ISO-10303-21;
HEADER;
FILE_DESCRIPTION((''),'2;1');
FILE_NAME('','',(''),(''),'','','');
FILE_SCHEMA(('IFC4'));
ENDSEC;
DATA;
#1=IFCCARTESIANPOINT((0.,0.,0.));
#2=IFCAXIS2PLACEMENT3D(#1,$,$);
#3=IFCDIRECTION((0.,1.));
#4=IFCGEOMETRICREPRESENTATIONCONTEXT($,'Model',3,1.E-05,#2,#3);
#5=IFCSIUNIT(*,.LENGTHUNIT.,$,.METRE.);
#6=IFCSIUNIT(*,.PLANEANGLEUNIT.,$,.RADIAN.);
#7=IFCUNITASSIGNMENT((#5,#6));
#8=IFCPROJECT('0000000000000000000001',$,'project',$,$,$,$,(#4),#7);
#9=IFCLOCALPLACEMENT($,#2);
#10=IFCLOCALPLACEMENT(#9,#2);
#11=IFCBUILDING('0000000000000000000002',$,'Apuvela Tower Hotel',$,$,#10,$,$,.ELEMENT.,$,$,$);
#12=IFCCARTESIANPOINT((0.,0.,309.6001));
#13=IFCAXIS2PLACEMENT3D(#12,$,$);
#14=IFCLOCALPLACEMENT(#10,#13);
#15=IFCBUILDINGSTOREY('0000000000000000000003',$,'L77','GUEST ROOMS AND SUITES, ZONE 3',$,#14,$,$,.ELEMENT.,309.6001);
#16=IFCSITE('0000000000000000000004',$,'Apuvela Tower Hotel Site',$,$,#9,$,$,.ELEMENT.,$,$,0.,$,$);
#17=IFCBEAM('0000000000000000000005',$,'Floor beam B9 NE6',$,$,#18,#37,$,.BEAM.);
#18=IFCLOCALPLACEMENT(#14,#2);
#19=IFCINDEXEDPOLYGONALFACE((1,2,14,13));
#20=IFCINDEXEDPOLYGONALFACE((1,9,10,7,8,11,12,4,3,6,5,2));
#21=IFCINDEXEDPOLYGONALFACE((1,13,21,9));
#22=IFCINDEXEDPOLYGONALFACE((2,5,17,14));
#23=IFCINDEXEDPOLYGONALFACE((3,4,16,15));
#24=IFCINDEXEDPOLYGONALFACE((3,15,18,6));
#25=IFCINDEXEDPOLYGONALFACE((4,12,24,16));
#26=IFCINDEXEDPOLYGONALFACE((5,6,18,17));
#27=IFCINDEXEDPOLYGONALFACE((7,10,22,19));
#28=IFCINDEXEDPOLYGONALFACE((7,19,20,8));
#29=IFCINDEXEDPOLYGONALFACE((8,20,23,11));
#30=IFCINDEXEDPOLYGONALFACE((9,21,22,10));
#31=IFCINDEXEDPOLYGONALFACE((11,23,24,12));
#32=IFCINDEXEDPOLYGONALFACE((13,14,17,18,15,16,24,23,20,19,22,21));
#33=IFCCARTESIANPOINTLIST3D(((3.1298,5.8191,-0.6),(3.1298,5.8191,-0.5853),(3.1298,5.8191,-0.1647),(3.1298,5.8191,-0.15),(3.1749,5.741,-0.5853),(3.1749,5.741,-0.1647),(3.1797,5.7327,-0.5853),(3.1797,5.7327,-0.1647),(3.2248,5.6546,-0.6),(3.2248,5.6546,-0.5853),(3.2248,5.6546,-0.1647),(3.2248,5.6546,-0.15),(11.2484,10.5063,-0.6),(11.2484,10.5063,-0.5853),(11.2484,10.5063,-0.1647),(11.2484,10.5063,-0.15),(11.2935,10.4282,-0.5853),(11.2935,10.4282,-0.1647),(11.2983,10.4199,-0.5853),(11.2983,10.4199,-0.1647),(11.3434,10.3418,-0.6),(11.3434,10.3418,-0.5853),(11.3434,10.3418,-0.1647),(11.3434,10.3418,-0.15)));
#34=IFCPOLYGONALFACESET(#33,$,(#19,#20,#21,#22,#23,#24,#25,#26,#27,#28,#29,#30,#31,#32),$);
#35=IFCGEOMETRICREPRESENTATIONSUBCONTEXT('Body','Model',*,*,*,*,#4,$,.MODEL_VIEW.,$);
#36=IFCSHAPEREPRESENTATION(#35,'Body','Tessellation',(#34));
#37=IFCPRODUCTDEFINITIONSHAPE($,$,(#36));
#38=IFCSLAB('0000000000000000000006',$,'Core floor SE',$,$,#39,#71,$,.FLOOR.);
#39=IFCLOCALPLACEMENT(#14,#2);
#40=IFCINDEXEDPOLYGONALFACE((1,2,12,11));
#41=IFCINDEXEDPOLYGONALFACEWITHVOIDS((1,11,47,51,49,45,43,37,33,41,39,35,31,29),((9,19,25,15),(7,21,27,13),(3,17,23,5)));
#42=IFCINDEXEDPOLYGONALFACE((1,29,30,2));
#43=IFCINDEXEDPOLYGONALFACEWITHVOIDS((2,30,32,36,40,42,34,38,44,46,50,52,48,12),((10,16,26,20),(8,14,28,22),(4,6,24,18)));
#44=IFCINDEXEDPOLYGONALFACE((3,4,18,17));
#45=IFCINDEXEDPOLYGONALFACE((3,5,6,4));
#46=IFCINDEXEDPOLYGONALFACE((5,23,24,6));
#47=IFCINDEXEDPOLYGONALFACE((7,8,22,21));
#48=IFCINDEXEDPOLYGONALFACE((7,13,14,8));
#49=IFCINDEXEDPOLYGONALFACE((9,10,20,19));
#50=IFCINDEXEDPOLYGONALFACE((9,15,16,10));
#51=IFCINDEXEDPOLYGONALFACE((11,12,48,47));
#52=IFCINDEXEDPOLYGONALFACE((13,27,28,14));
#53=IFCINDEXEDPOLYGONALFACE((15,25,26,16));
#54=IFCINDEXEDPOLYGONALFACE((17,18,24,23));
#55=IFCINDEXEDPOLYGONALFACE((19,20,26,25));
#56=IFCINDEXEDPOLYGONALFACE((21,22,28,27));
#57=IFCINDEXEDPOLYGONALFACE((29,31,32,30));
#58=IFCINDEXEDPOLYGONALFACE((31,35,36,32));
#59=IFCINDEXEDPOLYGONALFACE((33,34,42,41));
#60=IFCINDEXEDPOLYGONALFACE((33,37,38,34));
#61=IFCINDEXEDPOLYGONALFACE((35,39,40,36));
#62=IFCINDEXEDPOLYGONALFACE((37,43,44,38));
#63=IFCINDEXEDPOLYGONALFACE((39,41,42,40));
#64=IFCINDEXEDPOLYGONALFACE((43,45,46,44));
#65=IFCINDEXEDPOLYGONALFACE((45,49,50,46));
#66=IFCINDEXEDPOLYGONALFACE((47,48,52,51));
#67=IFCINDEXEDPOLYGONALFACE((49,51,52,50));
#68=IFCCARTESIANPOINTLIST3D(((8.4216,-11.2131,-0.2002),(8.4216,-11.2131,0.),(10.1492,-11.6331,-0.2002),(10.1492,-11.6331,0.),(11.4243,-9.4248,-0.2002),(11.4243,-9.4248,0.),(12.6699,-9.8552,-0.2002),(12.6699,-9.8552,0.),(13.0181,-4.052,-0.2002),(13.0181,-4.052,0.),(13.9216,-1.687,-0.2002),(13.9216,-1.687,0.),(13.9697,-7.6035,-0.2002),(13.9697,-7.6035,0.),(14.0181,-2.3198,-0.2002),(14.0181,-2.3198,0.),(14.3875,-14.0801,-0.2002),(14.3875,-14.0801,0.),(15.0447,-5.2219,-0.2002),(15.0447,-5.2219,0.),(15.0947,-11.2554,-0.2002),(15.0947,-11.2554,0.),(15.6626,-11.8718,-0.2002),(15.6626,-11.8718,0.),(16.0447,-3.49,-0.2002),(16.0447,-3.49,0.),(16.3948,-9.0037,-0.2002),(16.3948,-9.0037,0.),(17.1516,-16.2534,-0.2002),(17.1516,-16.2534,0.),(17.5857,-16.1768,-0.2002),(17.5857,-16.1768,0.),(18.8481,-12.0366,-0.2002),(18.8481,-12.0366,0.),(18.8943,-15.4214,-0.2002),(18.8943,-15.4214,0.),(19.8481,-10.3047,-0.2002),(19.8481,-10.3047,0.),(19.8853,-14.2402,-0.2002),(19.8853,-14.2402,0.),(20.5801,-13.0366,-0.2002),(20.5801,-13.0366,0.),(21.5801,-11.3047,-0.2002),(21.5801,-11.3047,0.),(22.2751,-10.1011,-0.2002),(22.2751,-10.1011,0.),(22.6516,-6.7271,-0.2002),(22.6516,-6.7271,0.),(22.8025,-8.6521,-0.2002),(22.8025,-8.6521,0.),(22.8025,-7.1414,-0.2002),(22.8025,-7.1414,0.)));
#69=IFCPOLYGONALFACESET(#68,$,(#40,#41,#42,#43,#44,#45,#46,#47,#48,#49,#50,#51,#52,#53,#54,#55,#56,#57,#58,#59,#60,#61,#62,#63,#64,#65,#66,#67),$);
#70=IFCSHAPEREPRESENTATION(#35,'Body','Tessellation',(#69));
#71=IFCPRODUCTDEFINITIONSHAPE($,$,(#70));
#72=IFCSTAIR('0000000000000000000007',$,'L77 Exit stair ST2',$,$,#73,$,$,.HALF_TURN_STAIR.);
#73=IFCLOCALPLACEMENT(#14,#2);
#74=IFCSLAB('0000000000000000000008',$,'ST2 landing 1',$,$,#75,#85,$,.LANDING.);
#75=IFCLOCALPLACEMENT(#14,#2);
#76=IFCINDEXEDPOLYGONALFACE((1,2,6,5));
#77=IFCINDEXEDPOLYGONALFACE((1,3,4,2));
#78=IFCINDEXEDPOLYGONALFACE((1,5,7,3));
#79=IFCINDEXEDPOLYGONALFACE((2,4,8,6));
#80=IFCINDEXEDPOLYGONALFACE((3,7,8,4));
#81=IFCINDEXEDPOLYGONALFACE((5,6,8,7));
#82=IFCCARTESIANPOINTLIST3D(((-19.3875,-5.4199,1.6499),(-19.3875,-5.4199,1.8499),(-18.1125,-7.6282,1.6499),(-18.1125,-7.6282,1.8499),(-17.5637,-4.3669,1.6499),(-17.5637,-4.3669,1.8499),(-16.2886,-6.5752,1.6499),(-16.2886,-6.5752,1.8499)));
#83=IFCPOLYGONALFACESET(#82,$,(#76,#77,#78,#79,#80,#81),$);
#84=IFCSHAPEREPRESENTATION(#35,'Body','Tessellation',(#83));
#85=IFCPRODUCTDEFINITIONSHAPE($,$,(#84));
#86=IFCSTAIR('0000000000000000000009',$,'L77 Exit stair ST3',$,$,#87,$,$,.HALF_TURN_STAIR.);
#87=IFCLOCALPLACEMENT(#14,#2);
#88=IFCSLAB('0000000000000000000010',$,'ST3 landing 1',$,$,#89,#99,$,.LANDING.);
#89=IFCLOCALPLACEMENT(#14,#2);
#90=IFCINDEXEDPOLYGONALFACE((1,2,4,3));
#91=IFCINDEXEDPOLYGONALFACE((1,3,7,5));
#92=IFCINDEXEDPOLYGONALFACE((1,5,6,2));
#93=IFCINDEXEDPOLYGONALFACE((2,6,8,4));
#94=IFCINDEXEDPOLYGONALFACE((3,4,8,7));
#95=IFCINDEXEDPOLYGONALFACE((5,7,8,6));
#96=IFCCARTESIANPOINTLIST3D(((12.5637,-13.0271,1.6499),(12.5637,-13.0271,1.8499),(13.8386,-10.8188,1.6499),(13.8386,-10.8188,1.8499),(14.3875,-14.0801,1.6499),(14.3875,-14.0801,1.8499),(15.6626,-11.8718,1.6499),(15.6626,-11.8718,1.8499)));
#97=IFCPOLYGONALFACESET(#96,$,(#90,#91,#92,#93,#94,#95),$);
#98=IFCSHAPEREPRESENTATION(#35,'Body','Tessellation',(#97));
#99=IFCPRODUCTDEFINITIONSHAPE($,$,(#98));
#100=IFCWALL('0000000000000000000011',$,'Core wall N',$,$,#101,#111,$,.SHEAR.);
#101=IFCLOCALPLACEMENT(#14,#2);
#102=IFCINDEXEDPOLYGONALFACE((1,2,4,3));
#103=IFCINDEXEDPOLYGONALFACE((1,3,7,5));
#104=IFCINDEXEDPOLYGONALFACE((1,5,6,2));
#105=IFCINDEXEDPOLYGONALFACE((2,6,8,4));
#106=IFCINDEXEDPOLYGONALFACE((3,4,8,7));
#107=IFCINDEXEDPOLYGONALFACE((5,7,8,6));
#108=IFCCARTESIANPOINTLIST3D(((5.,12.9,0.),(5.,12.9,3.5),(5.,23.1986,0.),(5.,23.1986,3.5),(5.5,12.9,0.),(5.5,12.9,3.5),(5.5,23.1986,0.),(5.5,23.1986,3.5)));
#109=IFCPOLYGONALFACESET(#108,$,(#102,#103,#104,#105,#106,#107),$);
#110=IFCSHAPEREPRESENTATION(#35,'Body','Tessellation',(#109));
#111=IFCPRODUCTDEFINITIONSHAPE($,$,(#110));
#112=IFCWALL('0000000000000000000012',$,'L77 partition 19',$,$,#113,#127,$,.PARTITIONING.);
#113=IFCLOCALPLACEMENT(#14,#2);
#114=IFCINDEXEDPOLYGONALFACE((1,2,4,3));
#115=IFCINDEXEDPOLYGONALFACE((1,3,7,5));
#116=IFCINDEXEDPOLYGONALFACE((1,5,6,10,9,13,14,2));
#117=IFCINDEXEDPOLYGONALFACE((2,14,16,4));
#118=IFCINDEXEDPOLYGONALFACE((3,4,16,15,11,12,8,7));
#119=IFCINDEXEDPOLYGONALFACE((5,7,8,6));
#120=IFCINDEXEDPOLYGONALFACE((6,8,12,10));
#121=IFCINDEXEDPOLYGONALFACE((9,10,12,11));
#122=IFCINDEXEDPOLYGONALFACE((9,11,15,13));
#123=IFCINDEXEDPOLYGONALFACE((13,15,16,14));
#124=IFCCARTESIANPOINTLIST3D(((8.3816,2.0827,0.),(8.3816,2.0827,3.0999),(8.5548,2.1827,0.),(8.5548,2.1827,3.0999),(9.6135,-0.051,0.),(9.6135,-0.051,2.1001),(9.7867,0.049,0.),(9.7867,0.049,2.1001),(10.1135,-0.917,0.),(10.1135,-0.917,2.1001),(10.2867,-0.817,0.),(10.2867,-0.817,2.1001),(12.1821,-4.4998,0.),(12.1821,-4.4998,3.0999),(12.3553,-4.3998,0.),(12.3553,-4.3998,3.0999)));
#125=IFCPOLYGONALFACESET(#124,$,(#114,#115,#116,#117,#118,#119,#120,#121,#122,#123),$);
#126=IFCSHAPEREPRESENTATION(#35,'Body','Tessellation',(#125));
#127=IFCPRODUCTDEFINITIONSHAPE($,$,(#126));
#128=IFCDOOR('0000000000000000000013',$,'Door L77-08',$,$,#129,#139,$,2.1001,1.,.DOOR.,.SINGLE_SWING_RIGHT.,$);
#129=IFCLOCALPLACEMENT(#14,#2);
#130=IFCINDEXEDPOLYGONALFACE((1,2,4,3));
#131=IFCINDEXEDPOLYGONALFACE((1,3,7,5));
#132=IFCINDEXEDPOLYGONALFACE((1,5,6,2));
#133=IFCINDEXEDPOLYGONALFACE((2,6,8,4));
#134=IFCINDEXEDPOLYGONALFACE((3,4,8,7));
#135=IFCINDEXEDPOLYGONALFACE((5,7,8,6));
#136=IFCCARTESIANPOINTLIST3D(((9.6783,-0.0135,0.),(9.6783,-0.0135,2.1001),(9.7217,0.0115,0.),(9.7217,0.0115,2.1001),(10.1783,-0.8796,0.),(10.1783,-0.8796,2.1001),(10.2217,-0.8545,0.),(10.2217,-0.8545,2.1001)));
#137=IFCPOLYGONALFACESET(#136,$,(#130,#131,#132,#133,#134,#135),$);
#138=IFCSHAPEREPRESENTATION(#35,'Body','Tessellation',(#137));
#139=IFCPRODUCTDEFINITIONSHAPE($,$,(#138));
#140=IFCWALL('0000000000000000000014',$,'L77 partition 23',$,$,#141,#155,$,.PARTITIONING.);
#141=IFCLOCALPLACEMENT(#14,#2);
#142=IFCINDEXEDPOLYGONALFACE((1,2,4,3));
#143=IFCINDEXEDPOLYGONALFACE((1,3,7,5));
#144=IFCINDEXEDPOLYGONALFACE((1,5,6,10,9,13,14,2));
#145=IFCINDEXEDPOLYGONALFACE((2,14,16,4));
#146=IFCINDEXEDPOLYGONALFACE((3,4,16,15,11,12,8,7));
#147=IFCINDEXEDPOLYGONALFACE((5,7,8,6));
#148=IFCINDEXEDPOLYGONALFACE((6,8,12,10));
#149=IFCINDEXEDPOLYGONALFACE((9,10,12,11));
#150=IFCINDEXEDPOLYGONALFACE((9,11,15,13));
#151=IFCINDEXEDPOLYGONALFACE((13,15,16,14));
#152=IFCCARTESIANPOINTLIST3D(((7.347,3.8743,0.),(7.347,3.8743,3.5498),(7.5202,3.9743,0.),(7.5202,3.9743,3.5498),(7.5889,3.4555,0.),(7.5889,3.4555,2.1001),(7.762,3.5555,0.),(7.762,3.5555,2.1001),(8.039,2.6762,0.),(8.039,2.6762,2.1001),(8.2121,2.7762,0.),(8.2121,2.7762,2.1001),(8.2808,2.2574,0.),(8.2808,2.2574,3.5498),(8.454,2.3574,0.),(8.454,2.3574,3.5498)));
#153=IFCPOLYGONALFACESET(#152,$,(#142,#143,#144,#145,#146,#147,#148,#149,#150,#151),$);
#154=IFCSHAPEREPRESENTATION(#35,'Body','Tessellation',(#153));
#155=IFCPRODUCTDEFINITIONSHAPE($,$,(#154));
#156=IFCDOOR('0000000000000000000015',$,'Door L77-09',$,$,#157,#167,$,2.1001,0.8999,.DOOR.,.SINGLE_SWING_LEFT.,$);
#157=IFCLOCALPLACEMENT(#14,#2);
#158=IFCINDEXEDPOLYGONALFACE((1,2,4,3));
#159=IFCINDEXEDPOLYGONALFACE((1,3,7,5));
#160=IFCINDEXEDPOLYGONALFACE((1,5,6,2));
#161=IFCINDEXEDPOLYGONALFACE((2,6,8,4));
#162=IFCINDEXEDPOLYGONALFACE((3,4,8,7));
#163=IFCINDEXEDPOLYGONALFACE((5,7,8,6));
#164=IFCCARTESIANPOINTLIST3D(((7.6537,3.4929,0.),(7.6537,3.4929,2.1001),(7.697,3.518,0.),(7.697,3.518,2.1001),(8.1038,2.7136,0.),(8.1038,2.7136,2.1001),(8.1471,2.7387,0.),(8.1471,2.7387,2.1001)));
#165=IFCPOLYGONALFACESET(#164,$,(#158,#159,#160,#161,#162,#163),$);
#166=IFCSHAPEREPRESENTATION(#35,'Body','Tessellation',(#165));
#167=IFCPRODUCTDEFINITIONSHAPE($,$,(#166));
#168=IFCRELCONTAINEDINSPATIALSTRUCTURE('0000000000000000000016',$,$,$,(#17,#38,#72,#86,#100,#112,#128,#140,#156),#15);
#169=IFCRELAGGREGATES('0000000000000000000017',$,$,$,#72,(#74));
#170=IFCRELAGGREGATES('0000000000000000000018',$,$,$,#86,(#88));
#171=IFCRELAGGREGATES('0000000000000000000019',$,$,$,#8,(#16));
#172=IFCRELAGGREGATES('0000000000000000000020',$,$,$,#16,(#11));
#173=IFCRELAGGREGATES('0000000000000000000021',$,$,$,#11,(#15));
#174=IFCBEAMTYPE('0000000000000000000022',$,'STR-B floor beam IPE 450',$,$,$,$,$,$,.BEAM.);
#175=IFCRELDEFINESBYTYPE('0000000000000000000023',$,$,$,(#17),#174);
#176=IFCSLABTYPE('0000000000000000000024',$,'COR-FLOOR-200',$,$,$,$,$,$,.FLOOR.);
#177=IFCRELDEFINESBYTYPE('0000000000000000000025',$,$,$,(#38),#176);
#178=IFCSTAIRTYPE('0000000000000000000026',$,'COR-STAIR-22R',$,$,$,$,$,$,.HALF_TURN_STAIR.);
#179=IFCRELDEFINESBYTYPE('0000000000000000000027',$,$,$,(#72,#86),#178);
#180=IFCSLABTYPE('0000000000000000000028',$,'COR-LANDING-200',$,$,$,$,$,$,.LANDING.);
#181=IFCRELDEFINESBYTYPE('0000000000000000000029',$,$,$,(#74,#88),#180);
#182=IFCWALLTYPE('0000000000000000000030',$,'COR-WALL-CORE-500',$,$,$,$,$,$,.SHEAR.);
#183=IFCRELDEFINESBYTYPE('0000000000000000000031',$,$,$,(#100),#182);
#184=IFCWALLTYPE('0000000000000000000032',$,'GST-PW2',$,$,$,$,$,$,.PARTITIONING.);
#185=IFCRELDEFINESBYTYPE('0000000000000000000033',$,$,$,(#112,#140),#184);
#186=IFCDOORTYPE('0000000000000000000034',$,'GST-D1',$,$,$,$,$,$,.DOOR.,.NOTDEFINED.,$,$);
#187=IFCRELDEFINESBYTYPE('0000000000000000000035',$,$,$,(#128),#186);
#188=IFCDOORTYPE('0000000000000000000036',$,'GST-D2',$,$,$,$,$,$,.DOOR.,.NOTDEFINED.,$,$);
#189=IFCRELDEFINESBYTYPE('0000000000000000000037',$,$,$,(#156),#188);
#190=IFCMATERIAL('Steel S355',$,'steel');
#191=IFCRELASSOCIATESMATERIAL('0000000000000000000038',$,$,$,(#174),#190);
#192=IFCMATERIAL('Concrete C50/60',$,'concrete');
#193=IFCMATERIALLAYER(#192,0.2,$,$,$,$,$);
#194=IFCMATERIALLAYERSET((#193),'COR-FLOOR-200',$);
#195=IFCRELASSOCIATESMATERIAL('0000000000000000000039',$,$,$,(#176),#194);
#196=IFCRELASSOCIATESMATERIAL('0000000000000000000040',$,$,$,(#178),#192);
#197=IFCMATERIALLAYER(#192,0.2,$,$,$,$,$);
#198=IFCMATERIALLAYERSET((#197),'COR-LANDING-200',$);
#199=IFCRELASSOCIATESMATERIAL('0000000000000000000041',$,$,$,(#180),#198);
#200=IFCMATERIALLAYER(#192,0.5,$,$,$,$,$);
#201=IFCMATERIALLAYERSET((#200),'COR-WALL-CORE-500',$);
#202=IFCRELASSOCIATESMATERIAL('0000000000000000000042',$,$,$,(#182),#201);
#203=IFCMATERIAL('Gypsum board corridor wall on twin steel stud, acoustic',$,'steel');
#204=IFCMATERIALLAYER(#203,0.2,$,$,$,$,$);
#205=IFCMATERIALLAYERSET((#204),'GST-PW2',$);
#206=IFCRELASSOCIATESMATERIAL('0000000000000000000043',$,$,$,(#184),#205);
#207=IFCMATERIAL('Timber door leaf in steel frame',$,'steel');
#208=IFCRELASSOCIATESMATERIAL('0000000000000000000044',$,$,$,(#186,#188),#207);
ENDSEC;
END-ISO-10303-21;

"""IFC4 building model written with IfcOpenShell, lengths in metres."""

from ifc_helpers import new_model, si_unit, direction, frame, frame_2d, origin, origin_2d, place, context, subcontext, project, spatial, polyline, rectangle, i_section, outline, extrude, material, layer, layer_set, material_profile, profile_set, type_object, element, fill, aggregate, save


model = new_model("IFC4")

# Units and contexts
model_context = context("Model", 3, precision=1e-05, world=origin(), true_north=direction((0.0, 1.0)))
body_context = subcontext(model_context, "Body", "Model", "MODEL_VIEW")
ifc_project = project(units=[si_unit("LENGTHUNIT", "METRE"), si_unit("PLANEANGLEUNIT", "RADIAN")], contexts=[model_context])

# Site, building, storey
site_placement = place(None, origin())
site = spatial("IfcSite", under=ifc_project, at=site_placement, Name="Apuvela Tower Hotel Site", CompositionType="ELEMENT", RefElevation=0.0)
building_placement = place(site_placement, origin())
building = spatial("IfcBuilding", under=site, at=building_placement, Name="Apuvela Tower Hotel", CompositionType="ELEMENT")
storey_placement = place(building_placement, frame((0.0, 0.0, 309.6001)))
storey = spatial("IfcBuildingStorey", under=building, at=storey_placement, Name="L77", Description="GUEST ROOMS AND SUITES, ZONE 3", CompositionType="ELEMENT", Elevation=309.6001)

# Beam
ifc_material_1 = material(Name="Steel S355", Category="steel")
ifc_material_profile = material_profile(ifc_material_1, i_section(OverallWidth=0.1899, OverallDepth=0.45, WebThickness=0.0095, FlangeThickness=0.0146, at=origin_2d()), Name="IPE 450")
ifc_profile_set = profile_set([ifc_material_profile], Name="Steel S355")
beam_type = type_object("IfcBeamType", Name="STR-B floor beam IPE 450", PredefinedType="BEAM", material=ifc_profile_set)
beam_placement = place(storey_placement, frame((11.2959, 10.4241, -0.375), z_axis=(-0.866028, -0.499996, 0.0), x_axis=(0.499996, -0.866028, 0.0)))
element("IfcBeam", 1, at=beam_placement, inside=storey, type_object=beam_type, Name="Floor beam B9 NE6", PredefinedType="BEAM", context=body_context, shape_type="SweptSolid", body=[
    extrude(i_section(OverallWidth=0.1899, OverallDepth=0.45, WebThickness=0.0095, FlangeThickness=0.0146, at=origin_2d()), origin(), (0.0, 0.0, 1.0), 9.3745),
])

# Slab
ifc_material_2 = material(Name="Concrete C50/60", Category="concrete")
ifc_layer_1 = layer(ifc_material_2, 0.2)
ifc_layer_set_1 = layer_set([ifc_layer_1], Name="COR-FLOOR-200")
slab_type_1 = type_object("IfcSlabType", Name="COR-FLOOR-200", PredefinedType="FLOOR", material=ifc_layer_set_1)
slab_1_placement = place(storey_placement, frame((0.0, 0.0, -0.2002)))
element("IfcSlab", 2, at=slab_1_placement, inside=storey, type_object=slab_type_1, Name="Core floor SE", PredefinedType="FLOOR", context=body_context, shape_type="SweptSolid", body=[
    extrude(outline(polyline([(17.1516, -16.2534), (17.5857, -16.1768), (18.8943, -15.4214), (19.8853, -14.2402), (20.5801, -13.0366), (18.8481, -12.0366), (19.8481, -10.3047), (21.5801, -11.3047), (22.2751, -10.1011), (22.8025, -8.6521), (22.8025, -7.1414), (22.6516, -6.7271), (13.9216, -1.687), (8.4216, -11.2131), (17.1516, -16.2534)]), holes=[polyline([(14.0181, -2.3198), (16.0447, -3.49), (15.0447, -5.2219), (13.0181, -4.052), (14.0181, -2.3198)]), polyline([(10.1492, -11.6331), (11.4243, -9.4248), (15.6626, -11.8718), (14.3875, -14.0801), (10.1492, -11.6331)]), polyline([(12.6699, -9.8552), (13.9697, -7.6035), (16.3948, -9.0037), (15.0947, -11.2554), (12.6699, -9.8552)])]), origin(), (0.0, 0.0, 1.0), 0.2002),
])

# Stairs, slabs
stair_type = type_object("IfcStairType", Name="COR-STAIR-22R", PredefinedType="HALF_TURN_STAIR", material=ifc_material_2)
stair_1_placement = place(storey_placement, origin())
stair_1 = element("IfcStair", 3, at=stair_1_placement, inside=storey, type_object=stair_type, Name="L77 Exit stair ST2", PredefinedType="HALF_TURN_STAIR")
ifc_layer_2 = layer(ifc_material_2, 0.2)
ifc_layer_set_2 = layer_set([ifc_layer_2], Name="COR-LANDING-200")
slab_type_2 = type_object("IfcSlabType", Name="COR-LANDING-200", PredefinedType="LANDING", material=ifc_layer_set_2)
slab_2_placement = place(storey_placement, frame((0.0, 0.0, 1.6499)))
slab_2 = element("IfcSlab", 4, at=slab_2_placement, type_object=slab_type_2, Name="ST2 landing 1", PredefinedType="LANDING", context=body_context, shape_type="SweptSolid", body=[
    extrude(outline(polyline([(-17.5637, -4.3669), (-19.3875, -5.4199), (-18.1125, -7.6282), (-16.2886, -6.5752), (-17.5637, -4.3669)])), origin(), (0.0, 0.0, 1.0), 0.2),
])
aggregate(stair_1, [slab_2])
stair_2_placement = place(storey_placement, origin())
stair_2 = element("IfcStair", 5, at=stair_2_placement, inside=storey, type_object=stair_type, Name="L77 Exit stair ST3", PredefinedType="HALF_TURN_STAIR")
slab_3_placement = place(storey_placement, frame((0.0, 0.0, 1.6499)))
slab_3 = element("IfcSlab", 6, at=slab_3_placement, type_object=slab_type_2, Name="ST3 landing 1", PredefinedType="LANDING", context=body_context, shape_type="SweptSolid", body=[
    extrude(outline(polyline([(12.5637, -13.0271), (14.3875, -14.0801), (15.6626, -11.8718), (13.8386, -10.8188), (12.5637, -13.0271)])), origin(), (0.0, 0.0, 1.0), 0.2),
])
aggregate(stair_2, [slab_3])

# Wall
ifc_layer_3 = layer(ifc_material_2, 0.5)
ifc_layer_set_3 = layer_set([ifc_layer_3], Name="COR-WALL-CORE-500")
wall_type_1 = type_object("IfcWallType", Name="COR-WALL-CORE-500", PredefinedType="SHEAR", material=ifc_layer_set_3)
wall_1_placement = place(storey_placement, frame((5.25, 12.8999, 0.0), z_axis=(0.0, 0.0, 1.0), x_axis=(0.0, 1.0, 0.0)))
element("IfcWall", 7, at=wall_1_placement, inside=storey, type_object=wall_type_1, Name="Core wall N", PredefinedType="SHEAR", context=body_context, shape_type="SweptSolid", body=[
    extrude(rectangle(XDim=10.2986, YDim=0.5, at=frame_2d((5.1494, 0.0))), origin(), (0.0, 0.0, 1.0), 3.5),
])

# Walls, openings, doors
ifc_material_3 = material(Name="Gypsum board corridor wall on twin steel stud, acoustic", Category="steel")
ifc_layer_4 = layer(ifc_material_3, 0.2)
ifc_layer_set_4 = layer_set([ifc_layer_4], Name="GST-PW2")
wall_type_2 = type_object("IfcWallType", Name="GST-PW2", PredefinedType="PARTITIONING", material=ifc_layer_set_4)
wall_2_placement = place(storey_placement, frame((8.4683, 2.1326, 0.0), z_axis=(0.0, 0.0, 1.0), x_axis=(0.500012, -0.866019, 0.0)))
wall_2 = element("IfcWall", 8, at=wall_2_placement, inside=storey, type_object=wall_type_2, Name="L77 partition 19", PredefinedType="PARTITIONING", context=body_context, shape_type="SweptSolid", body=[
    extrude(rectangle(XDim=7.6008, YDim=0.2, at=frame_2d((3.8003, 0.0))), origin(), (0.0, 0.0, 1.0), 3.0999),
])
opening_1_placement = place(wall_2_placement, frame((2.4636, 0.0, 0.0)))
opening_1 = element("IfcOpeningElement", 9, at=opening_1_placement, cuts=wall_2, PredefinedType="OPENING", context=body_context, shape_type="SweptSolid", body=[
    extrude(rectangle(XDim=1.0, YDim=2.1001, at=frame_2d((0.5, 1.05))), frame((0.0, 0.1099, 0.0), z_axis=(0.0, -1.0, 0.0), x_axis=(1.0, 0.0, 0.0)), (0.0, 0.0, 1.0), 0.22),
])
ifc_material_4 = material(Name="Timber door leaf in steel frame", Category="steel")
door_type_1 = type_object("IfcDoorType", Name="GST-D1", OperationType="NOTDEFINED", PredefinedType="DOOR", material=ifc_material_4)
door_1_placement = place(opening_1_placement, origin())
door_1 = element("IfcDoor", 10, at=door_1_placement, inside=storey, type_object=door_type_1, Name="Door L77-08", OperationType="SINGLE_SWING_RIGHT", OverallHeight=2.1001, OverallWidth=1.0, PredefinedType="DOOR", context=body_context, shape_type="SweptSolid", body=[
    extrude(rectangle(XDim=1.0, YDim=2.1001, at=frame_2d((0.5, 1.05))), frame((0.0, 0.0249, 0.0), z_axis=(0.0, -1.0, 0.0), x_axis=(1.0, 0.0, 0.0)), (0.0, 0.0, 1.0), 0.05),
])
fill(opening_1, door_1)
wall_3_placement = place(storey_placement, frame((7.4336, 3.9243, 0.0), z_axis=(0.0, 0.0, 1.0), x_axis=(0.500119, -0.865957, 0.0)))
wall_3 = element("IfcWall", 11, at=wall_3_placement, inside=storey, type_object=wall_type_2, Name="L77 partition 23", PredefinedType="PARTITIONING", context=body_context, shape_type="SweptSolid", body=[
    extrude(rectangle(XDim=1.8672, YDim=0.2, at=frame_2d((0.9336, 0.0))), origin(), (0.0, 0.0, 1.0), 3.5498),
])
opening_2_placement = place(wall_3_placement, frame((0.4836, 0.0, 0.0)))
opening_2 = element("IfcOpeningElement", 12, at=opening_2_placement, cuts=wall_3, PredefinedType="OPENING", context=body_context, shape_type="SweptSolid", body=[
    extrude(rectangle(XDim=0.8999, YDim=2.1001, at=frame_2d((0.45, 1.05))), frame((0.0, 0.1099, 0.0), z_axis=(0.0, -1.0, 0.0), x_axis=(1.0, 0.0, 0.0)), (0.0, 0.0, 1.0), 0.22),
])
door_type_2 = type_object("IfcDoorType", Name="GST-D2", OperationType="NOTDEFINED", PredefinedType="DOOR", material=ifc_material_4)
door_2_placement = place(opening_2_placement, origin())
door_2 = element("IfcDoor", 13, at=door_2_placement, inside=storey, type_object=door_type_2, Name="Door L77-09", OperationType="SINGLE_SWING_LEFT", OverallHeight=2.1001, OverallWidth=0.8999, PredefinedType="DOOR", context=body_context, shape_type="SweptSolid", body=[
    extrude(rectangle(XDim=0.8999, YDim=2.1001, at=frame_2d((0.45, 1.05))), frame((0.0, 0.0249, 0.0), z_axis=(0.0, -1.0, 0.0), x_axis=(1.0, 0.0, 0.0)), (0.0, 0.0, 1.0), 0.05),
])
fill(opening_2, door_2)

save(model, "model.ifc")
